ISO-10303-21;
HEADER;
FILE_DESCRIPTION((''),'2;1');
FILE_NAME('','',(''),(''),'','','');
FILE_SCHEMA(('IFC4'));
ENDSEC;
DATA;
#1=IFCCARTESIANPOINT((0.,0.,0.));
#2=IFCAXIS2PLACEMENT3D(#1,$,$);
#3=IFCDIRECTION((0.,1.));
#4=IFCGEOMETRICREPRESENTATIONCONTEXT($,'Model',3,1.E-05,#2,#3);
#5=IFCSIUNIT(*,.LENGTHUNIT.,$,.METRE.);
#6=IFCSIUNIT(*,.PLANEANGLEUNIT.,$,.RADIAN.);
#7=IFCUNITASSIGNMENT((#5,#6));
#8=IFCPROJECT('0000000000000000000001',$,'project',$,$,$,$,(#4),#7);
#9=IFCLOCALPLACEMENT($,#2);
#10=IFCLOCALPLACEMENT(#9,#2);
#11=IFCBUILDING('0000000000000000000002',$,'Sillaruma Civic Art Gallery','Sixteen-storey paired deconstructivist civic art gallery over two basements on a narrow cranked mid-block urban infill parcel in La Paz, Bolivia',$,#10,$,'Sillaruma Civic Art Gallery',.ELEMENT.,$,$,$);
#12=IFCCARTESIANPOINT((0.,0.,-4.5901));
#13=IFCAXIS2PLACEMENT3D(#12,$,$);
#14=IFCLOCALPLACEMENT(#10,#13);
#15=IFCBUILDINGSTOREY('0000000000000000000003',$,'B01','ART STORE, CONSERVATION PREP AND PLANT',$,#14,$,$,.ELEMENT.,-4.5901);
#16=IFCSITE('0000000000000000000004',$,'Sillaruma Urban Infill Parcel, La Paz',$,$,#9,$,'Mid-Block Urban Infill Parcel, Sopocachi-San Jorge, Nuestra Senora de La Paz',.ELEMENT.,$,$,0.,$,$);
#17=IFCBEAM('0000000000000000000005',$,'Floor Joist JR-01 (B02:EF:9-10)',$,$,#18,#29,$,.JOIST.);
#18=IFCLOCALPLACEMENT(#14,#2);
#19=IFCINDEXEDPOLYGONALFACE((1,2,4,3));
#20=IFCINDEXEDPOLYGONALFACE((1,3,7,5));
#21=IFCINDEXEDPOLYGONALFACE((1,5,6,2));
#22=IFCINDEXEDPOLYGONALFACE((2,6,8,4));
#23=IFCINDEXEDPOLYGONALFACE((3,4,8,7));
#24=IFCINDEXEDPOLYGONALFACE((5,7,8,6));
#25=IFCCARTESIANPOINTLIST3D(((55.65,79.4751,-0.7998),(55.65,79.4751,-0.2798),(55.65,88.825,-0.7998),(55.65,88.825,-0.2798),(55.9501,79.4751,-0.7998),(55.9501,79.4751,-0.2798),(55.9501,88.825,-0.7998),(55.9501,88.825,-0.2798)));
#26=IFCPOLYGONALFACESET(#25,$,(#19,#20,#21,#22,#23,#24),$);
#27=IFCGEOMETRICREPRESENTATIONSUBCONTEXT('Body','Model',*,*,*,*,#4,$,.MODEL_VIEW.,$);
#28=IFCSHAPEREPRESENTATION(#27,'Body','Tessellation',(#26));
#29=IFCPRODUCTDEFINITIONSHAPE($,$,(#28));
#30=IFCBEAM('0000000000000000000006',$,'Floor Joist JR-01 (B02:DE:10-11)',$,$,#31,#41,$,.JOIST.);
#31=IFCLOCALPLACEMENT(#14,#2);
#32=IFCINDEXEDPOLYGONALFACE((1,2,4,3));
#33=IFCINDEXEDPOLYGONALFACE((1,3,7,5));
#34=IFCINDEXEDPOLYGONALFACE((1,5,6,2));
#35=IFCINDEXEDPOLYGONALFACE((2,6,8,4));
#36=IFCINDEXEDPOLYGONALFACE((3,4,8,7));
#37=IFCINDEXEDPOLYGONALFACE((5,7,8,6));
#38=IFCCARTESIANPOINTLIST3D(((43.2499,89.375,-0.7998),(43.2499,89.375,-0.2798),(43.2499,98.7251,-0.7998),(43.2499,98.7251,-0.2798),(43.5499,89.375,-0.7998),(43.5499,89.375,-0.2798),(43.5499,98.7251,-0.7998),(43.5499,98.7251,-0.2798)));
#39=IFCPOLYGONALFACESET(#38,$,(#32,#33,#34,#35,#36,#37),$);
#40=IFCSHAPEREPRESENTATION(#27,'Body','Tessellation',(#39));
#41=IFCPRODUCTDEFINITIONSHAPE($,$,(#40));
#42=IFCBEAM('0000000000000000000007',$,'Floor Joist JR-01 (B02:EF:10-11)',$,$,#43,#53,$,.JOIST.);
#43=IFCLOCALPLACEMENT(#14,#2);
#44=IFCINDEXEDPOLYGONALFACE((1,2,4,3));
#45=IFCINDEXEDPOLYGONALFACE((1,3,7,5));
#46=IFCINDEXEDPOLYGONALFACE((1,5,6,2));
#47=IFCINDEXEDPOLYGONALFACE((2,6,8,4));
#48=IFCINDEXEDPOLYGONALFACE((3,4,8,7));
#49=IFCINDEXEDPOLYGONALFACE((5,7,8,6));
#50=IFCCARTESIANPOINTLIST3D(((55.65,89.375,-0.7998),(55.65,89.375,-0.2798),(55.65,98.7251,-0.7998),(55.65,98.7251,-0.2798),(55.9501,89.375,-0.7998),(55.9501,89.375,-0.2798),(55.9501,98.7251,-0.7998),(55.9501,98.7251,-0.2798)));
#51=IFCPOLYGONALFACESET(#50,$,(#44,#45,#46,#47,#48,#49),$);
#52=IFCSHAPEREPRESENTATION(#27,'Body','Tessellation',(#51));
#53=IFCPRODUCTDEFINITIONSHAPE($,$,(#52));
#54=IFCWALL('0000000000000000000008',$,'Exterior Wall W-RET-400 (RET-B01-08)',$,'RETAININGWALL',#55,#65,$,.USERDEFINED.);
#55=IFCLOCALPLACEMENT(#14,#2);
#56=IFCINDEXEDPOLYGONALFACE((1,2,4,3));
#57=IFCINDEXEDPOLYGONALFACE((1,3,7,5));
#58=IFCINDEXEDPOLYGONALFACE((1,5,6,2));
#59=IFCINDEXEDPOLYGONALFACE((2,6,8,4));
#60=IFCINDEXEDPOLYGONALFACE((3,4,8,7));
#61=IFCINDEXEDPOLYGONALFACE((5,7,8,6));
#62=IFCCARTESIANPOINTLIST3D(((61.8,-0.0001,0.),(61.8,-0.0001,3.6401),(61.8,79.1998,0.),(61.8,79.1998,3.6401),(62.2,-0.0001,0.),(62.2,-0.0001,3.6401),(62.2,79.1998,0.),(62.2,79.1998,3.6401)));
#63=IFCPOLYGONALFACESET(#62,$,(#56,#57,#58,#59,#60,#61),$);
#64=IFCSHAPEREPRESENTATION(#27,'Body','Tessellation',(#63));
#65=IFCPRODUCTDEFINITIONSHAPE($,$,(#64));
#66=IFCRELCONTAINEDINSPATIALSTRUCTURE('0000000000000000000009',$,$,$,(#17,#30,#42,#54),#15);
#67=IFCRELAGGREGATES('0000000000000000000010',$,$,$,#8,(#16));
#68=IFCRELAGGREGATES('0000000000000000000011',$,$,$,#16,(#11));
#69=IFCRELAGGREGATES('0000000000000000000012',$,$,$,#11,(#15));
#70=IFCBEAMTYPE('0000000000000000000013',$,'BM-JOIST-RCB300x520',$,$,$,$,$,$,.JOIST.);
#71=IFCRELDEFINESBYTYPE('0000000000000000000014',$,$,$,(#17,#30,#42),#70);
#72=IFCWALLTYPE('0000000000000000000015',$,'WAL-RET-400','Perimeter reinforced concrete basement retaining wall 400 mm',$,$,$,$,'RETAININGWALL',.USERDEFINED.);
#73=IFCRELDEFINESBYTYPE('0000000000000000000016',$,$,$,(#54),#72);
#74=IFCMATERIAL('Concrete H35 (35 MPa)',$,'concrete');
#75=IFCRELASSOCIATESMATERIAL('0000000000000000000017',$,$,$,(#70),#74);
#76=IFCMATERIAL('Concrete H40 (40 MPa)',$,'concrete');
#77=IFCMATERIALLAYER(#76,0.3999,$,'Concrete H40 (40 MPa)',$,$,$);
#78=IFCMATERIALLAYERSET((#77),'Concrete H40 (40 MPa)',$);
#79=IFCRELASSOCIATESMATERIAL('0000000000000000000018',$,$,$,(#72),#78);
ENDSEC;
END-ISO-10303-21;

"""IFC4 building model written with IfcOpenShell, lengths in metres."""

from ifc_helpers import new_model, si_unit, direction, frame, frame_2d, origin, origin_2d, place, context, subcontext, project, spatial, rectangle, extrude, material, layer, layer_set, material_profile, profile_set, type_object, element, save


model = new_model("IFC4")

# Units and contexts
model_context = context("Model", 3, precision=1e-05, world=origin(), true_north=direction((0.0, 1.0)))
body_context = subcontext(model_context, "Body", "Model", "MODEL_VIEW")
ifc_project = project(units=[si_unit("LENGTHUNIT", "METRE"), si_unit("PLANEANGLEUNIT", "RADIAN")], contexts=[model_context])

# Site, building, storey
site_placement = place(None, origin())
site = spatial("IfcSite", under=ifc_project, at=site_placement, Name="Sillaruma Urban Infill Parcel, La Paz", LongName="Mid-Block Urban Infill Parcel, Sopocachi-San Jorge, Nuestra Senora de La Paz", CompositionType="ELEMENT", RefElevation=0.0)
building_placement = place(site_placement, origin())
building = spatial("IfcBuilding", under=site, at=building_placement, Name="Sillaruma Civic Art Gallery", Description="Sixteen-storey paired deconstructivist civic art gallery over two basements on a narrow cranked mid-block urban infill parcel in La Paz, Bolivia", LongName="Sillaruma Civic Art Gallery", CompositionType="ELEMENT")
storey_placement = place(building_placement, frame((0.0, 0.0, -4.5901)))
storey = spatial("IfcBuildingStorey", under=building, at=storey_placement, Name="B01", Description="ART STORE, CONSERVATION PREP AND PLANT", CompositionType="ELEMENT", Elevation=-4.5901)

# Shared definitions
ifc_material_1 = material(Name="Concrete H40 (40 MPa)", Category="concrete")

# Beams
ifc_material_2 = material(Name="Concrete H35 (35 MPa)", Category="concrete")
ifc_material_profile_1 = material_profile(ifc_material_2, rectangle(XDim=0.3, YDim=0.52, at=origin_2d()), Name="RCB300x520")
ifc_profile_set_1 = profile_set([ifc_material_profile_1], Name="Concrete H35 (35 MPa)")
beam_type_1 = type_object("IfcBeamType", Name="BM-JOIST-RCB300x520", PredefinedType="JOIST", material=ifc_profile_set_1)
for number, where, z_axis, x_axis, name in (
    (1, (55.8, 79.4751, -0.5398), (0.0, 1.0, 0.0), (-1.0, 0.0, 0.0), "Floor Joist JR-01 (B02:EF:9-10)"),
):
    element("IfcBeam", number, at=place(storey_placement, frame(where, z_axis=z_axis, x_axis=x_axis)), inside=storey, type_object=beam_type_1, Name=name, PredefinedType="JOIST", context=body_context, shape_type="SweptSolid", body=[
        extrude(rectangle(XDim=0.3, YDim=0.52, at=origin_2d()), origin(), (0.0, 0.0, 1.0), 9.3499),
    ])
for number, where, z_axis, x_axis, name in (
    (2, (43.3999, 89.375, -0.5398), (0.0, 1.0, 0.0), (-1.0, 0.0, 0.0), "Floor Joist JR-01 (B02:DE:10-11)"),
    (3, (55.8, 89.375, -0.5398), (0.0, 1.0, 0.0), (-1.0, 0.0, 0.0), "Floor Joist JR-01 (B02:EF:10-11)"),
):
    element("IfcBeam", number, at=place(storey_placement, frame(where, z_axis=z_axis, x_axis=x_axis)), inside=storey, type_object=beam_type_1, Name=name, PredefinedType="JOIST", context=body_context, shape_type="SweptSolid", body=[
        extrude(rectangle(XDim=0.3, YDim=0.52, at=origin_2d()), origin(), (0.0, 0.0, 1.0), 9.3501),
    ])

# Wall
ifc_layer = layer(ifc_material_1, 0.3999, Name="Concrete H40 (40 MPa)")
ifc_layer_set = layer_set([ifc_layer], Name="Concrete H40 (40 MPa)")
wall_type = type_object("IfcWallType", Name="WAL-RET-400", Description="Perimeter reinforced concrete basement retaining wall 400 mm", ElementType="RETAININGWALL", PredefinedType="USERDEFINED", material=ifc_layer_set)
wall_placement = place(storey_placement, frame((62.0, 79.2, 0.0), z_axis=(0.0, 0.0, 1.0), x_axis=(0.0, -1.0, 0.0)))
element("IfcWall", 4, at=wall_placement, inside=storey, type_object=wall_type, Name="Exterior Wall W-RET-400 (RET-B01-08)", ObjectType="RETAININGWALL", PredefinedType="USERDEFINED", context=body_context, shape_type="SweptSolid", body=[
    extrude(rectangle(XDim=79.2, YDim=0.3999, at=frame_2d((39.6001, 0.0))), origin(), (0.0, 0.0, 1.0), 3.6401),
])

save(model, "model.ifc")
